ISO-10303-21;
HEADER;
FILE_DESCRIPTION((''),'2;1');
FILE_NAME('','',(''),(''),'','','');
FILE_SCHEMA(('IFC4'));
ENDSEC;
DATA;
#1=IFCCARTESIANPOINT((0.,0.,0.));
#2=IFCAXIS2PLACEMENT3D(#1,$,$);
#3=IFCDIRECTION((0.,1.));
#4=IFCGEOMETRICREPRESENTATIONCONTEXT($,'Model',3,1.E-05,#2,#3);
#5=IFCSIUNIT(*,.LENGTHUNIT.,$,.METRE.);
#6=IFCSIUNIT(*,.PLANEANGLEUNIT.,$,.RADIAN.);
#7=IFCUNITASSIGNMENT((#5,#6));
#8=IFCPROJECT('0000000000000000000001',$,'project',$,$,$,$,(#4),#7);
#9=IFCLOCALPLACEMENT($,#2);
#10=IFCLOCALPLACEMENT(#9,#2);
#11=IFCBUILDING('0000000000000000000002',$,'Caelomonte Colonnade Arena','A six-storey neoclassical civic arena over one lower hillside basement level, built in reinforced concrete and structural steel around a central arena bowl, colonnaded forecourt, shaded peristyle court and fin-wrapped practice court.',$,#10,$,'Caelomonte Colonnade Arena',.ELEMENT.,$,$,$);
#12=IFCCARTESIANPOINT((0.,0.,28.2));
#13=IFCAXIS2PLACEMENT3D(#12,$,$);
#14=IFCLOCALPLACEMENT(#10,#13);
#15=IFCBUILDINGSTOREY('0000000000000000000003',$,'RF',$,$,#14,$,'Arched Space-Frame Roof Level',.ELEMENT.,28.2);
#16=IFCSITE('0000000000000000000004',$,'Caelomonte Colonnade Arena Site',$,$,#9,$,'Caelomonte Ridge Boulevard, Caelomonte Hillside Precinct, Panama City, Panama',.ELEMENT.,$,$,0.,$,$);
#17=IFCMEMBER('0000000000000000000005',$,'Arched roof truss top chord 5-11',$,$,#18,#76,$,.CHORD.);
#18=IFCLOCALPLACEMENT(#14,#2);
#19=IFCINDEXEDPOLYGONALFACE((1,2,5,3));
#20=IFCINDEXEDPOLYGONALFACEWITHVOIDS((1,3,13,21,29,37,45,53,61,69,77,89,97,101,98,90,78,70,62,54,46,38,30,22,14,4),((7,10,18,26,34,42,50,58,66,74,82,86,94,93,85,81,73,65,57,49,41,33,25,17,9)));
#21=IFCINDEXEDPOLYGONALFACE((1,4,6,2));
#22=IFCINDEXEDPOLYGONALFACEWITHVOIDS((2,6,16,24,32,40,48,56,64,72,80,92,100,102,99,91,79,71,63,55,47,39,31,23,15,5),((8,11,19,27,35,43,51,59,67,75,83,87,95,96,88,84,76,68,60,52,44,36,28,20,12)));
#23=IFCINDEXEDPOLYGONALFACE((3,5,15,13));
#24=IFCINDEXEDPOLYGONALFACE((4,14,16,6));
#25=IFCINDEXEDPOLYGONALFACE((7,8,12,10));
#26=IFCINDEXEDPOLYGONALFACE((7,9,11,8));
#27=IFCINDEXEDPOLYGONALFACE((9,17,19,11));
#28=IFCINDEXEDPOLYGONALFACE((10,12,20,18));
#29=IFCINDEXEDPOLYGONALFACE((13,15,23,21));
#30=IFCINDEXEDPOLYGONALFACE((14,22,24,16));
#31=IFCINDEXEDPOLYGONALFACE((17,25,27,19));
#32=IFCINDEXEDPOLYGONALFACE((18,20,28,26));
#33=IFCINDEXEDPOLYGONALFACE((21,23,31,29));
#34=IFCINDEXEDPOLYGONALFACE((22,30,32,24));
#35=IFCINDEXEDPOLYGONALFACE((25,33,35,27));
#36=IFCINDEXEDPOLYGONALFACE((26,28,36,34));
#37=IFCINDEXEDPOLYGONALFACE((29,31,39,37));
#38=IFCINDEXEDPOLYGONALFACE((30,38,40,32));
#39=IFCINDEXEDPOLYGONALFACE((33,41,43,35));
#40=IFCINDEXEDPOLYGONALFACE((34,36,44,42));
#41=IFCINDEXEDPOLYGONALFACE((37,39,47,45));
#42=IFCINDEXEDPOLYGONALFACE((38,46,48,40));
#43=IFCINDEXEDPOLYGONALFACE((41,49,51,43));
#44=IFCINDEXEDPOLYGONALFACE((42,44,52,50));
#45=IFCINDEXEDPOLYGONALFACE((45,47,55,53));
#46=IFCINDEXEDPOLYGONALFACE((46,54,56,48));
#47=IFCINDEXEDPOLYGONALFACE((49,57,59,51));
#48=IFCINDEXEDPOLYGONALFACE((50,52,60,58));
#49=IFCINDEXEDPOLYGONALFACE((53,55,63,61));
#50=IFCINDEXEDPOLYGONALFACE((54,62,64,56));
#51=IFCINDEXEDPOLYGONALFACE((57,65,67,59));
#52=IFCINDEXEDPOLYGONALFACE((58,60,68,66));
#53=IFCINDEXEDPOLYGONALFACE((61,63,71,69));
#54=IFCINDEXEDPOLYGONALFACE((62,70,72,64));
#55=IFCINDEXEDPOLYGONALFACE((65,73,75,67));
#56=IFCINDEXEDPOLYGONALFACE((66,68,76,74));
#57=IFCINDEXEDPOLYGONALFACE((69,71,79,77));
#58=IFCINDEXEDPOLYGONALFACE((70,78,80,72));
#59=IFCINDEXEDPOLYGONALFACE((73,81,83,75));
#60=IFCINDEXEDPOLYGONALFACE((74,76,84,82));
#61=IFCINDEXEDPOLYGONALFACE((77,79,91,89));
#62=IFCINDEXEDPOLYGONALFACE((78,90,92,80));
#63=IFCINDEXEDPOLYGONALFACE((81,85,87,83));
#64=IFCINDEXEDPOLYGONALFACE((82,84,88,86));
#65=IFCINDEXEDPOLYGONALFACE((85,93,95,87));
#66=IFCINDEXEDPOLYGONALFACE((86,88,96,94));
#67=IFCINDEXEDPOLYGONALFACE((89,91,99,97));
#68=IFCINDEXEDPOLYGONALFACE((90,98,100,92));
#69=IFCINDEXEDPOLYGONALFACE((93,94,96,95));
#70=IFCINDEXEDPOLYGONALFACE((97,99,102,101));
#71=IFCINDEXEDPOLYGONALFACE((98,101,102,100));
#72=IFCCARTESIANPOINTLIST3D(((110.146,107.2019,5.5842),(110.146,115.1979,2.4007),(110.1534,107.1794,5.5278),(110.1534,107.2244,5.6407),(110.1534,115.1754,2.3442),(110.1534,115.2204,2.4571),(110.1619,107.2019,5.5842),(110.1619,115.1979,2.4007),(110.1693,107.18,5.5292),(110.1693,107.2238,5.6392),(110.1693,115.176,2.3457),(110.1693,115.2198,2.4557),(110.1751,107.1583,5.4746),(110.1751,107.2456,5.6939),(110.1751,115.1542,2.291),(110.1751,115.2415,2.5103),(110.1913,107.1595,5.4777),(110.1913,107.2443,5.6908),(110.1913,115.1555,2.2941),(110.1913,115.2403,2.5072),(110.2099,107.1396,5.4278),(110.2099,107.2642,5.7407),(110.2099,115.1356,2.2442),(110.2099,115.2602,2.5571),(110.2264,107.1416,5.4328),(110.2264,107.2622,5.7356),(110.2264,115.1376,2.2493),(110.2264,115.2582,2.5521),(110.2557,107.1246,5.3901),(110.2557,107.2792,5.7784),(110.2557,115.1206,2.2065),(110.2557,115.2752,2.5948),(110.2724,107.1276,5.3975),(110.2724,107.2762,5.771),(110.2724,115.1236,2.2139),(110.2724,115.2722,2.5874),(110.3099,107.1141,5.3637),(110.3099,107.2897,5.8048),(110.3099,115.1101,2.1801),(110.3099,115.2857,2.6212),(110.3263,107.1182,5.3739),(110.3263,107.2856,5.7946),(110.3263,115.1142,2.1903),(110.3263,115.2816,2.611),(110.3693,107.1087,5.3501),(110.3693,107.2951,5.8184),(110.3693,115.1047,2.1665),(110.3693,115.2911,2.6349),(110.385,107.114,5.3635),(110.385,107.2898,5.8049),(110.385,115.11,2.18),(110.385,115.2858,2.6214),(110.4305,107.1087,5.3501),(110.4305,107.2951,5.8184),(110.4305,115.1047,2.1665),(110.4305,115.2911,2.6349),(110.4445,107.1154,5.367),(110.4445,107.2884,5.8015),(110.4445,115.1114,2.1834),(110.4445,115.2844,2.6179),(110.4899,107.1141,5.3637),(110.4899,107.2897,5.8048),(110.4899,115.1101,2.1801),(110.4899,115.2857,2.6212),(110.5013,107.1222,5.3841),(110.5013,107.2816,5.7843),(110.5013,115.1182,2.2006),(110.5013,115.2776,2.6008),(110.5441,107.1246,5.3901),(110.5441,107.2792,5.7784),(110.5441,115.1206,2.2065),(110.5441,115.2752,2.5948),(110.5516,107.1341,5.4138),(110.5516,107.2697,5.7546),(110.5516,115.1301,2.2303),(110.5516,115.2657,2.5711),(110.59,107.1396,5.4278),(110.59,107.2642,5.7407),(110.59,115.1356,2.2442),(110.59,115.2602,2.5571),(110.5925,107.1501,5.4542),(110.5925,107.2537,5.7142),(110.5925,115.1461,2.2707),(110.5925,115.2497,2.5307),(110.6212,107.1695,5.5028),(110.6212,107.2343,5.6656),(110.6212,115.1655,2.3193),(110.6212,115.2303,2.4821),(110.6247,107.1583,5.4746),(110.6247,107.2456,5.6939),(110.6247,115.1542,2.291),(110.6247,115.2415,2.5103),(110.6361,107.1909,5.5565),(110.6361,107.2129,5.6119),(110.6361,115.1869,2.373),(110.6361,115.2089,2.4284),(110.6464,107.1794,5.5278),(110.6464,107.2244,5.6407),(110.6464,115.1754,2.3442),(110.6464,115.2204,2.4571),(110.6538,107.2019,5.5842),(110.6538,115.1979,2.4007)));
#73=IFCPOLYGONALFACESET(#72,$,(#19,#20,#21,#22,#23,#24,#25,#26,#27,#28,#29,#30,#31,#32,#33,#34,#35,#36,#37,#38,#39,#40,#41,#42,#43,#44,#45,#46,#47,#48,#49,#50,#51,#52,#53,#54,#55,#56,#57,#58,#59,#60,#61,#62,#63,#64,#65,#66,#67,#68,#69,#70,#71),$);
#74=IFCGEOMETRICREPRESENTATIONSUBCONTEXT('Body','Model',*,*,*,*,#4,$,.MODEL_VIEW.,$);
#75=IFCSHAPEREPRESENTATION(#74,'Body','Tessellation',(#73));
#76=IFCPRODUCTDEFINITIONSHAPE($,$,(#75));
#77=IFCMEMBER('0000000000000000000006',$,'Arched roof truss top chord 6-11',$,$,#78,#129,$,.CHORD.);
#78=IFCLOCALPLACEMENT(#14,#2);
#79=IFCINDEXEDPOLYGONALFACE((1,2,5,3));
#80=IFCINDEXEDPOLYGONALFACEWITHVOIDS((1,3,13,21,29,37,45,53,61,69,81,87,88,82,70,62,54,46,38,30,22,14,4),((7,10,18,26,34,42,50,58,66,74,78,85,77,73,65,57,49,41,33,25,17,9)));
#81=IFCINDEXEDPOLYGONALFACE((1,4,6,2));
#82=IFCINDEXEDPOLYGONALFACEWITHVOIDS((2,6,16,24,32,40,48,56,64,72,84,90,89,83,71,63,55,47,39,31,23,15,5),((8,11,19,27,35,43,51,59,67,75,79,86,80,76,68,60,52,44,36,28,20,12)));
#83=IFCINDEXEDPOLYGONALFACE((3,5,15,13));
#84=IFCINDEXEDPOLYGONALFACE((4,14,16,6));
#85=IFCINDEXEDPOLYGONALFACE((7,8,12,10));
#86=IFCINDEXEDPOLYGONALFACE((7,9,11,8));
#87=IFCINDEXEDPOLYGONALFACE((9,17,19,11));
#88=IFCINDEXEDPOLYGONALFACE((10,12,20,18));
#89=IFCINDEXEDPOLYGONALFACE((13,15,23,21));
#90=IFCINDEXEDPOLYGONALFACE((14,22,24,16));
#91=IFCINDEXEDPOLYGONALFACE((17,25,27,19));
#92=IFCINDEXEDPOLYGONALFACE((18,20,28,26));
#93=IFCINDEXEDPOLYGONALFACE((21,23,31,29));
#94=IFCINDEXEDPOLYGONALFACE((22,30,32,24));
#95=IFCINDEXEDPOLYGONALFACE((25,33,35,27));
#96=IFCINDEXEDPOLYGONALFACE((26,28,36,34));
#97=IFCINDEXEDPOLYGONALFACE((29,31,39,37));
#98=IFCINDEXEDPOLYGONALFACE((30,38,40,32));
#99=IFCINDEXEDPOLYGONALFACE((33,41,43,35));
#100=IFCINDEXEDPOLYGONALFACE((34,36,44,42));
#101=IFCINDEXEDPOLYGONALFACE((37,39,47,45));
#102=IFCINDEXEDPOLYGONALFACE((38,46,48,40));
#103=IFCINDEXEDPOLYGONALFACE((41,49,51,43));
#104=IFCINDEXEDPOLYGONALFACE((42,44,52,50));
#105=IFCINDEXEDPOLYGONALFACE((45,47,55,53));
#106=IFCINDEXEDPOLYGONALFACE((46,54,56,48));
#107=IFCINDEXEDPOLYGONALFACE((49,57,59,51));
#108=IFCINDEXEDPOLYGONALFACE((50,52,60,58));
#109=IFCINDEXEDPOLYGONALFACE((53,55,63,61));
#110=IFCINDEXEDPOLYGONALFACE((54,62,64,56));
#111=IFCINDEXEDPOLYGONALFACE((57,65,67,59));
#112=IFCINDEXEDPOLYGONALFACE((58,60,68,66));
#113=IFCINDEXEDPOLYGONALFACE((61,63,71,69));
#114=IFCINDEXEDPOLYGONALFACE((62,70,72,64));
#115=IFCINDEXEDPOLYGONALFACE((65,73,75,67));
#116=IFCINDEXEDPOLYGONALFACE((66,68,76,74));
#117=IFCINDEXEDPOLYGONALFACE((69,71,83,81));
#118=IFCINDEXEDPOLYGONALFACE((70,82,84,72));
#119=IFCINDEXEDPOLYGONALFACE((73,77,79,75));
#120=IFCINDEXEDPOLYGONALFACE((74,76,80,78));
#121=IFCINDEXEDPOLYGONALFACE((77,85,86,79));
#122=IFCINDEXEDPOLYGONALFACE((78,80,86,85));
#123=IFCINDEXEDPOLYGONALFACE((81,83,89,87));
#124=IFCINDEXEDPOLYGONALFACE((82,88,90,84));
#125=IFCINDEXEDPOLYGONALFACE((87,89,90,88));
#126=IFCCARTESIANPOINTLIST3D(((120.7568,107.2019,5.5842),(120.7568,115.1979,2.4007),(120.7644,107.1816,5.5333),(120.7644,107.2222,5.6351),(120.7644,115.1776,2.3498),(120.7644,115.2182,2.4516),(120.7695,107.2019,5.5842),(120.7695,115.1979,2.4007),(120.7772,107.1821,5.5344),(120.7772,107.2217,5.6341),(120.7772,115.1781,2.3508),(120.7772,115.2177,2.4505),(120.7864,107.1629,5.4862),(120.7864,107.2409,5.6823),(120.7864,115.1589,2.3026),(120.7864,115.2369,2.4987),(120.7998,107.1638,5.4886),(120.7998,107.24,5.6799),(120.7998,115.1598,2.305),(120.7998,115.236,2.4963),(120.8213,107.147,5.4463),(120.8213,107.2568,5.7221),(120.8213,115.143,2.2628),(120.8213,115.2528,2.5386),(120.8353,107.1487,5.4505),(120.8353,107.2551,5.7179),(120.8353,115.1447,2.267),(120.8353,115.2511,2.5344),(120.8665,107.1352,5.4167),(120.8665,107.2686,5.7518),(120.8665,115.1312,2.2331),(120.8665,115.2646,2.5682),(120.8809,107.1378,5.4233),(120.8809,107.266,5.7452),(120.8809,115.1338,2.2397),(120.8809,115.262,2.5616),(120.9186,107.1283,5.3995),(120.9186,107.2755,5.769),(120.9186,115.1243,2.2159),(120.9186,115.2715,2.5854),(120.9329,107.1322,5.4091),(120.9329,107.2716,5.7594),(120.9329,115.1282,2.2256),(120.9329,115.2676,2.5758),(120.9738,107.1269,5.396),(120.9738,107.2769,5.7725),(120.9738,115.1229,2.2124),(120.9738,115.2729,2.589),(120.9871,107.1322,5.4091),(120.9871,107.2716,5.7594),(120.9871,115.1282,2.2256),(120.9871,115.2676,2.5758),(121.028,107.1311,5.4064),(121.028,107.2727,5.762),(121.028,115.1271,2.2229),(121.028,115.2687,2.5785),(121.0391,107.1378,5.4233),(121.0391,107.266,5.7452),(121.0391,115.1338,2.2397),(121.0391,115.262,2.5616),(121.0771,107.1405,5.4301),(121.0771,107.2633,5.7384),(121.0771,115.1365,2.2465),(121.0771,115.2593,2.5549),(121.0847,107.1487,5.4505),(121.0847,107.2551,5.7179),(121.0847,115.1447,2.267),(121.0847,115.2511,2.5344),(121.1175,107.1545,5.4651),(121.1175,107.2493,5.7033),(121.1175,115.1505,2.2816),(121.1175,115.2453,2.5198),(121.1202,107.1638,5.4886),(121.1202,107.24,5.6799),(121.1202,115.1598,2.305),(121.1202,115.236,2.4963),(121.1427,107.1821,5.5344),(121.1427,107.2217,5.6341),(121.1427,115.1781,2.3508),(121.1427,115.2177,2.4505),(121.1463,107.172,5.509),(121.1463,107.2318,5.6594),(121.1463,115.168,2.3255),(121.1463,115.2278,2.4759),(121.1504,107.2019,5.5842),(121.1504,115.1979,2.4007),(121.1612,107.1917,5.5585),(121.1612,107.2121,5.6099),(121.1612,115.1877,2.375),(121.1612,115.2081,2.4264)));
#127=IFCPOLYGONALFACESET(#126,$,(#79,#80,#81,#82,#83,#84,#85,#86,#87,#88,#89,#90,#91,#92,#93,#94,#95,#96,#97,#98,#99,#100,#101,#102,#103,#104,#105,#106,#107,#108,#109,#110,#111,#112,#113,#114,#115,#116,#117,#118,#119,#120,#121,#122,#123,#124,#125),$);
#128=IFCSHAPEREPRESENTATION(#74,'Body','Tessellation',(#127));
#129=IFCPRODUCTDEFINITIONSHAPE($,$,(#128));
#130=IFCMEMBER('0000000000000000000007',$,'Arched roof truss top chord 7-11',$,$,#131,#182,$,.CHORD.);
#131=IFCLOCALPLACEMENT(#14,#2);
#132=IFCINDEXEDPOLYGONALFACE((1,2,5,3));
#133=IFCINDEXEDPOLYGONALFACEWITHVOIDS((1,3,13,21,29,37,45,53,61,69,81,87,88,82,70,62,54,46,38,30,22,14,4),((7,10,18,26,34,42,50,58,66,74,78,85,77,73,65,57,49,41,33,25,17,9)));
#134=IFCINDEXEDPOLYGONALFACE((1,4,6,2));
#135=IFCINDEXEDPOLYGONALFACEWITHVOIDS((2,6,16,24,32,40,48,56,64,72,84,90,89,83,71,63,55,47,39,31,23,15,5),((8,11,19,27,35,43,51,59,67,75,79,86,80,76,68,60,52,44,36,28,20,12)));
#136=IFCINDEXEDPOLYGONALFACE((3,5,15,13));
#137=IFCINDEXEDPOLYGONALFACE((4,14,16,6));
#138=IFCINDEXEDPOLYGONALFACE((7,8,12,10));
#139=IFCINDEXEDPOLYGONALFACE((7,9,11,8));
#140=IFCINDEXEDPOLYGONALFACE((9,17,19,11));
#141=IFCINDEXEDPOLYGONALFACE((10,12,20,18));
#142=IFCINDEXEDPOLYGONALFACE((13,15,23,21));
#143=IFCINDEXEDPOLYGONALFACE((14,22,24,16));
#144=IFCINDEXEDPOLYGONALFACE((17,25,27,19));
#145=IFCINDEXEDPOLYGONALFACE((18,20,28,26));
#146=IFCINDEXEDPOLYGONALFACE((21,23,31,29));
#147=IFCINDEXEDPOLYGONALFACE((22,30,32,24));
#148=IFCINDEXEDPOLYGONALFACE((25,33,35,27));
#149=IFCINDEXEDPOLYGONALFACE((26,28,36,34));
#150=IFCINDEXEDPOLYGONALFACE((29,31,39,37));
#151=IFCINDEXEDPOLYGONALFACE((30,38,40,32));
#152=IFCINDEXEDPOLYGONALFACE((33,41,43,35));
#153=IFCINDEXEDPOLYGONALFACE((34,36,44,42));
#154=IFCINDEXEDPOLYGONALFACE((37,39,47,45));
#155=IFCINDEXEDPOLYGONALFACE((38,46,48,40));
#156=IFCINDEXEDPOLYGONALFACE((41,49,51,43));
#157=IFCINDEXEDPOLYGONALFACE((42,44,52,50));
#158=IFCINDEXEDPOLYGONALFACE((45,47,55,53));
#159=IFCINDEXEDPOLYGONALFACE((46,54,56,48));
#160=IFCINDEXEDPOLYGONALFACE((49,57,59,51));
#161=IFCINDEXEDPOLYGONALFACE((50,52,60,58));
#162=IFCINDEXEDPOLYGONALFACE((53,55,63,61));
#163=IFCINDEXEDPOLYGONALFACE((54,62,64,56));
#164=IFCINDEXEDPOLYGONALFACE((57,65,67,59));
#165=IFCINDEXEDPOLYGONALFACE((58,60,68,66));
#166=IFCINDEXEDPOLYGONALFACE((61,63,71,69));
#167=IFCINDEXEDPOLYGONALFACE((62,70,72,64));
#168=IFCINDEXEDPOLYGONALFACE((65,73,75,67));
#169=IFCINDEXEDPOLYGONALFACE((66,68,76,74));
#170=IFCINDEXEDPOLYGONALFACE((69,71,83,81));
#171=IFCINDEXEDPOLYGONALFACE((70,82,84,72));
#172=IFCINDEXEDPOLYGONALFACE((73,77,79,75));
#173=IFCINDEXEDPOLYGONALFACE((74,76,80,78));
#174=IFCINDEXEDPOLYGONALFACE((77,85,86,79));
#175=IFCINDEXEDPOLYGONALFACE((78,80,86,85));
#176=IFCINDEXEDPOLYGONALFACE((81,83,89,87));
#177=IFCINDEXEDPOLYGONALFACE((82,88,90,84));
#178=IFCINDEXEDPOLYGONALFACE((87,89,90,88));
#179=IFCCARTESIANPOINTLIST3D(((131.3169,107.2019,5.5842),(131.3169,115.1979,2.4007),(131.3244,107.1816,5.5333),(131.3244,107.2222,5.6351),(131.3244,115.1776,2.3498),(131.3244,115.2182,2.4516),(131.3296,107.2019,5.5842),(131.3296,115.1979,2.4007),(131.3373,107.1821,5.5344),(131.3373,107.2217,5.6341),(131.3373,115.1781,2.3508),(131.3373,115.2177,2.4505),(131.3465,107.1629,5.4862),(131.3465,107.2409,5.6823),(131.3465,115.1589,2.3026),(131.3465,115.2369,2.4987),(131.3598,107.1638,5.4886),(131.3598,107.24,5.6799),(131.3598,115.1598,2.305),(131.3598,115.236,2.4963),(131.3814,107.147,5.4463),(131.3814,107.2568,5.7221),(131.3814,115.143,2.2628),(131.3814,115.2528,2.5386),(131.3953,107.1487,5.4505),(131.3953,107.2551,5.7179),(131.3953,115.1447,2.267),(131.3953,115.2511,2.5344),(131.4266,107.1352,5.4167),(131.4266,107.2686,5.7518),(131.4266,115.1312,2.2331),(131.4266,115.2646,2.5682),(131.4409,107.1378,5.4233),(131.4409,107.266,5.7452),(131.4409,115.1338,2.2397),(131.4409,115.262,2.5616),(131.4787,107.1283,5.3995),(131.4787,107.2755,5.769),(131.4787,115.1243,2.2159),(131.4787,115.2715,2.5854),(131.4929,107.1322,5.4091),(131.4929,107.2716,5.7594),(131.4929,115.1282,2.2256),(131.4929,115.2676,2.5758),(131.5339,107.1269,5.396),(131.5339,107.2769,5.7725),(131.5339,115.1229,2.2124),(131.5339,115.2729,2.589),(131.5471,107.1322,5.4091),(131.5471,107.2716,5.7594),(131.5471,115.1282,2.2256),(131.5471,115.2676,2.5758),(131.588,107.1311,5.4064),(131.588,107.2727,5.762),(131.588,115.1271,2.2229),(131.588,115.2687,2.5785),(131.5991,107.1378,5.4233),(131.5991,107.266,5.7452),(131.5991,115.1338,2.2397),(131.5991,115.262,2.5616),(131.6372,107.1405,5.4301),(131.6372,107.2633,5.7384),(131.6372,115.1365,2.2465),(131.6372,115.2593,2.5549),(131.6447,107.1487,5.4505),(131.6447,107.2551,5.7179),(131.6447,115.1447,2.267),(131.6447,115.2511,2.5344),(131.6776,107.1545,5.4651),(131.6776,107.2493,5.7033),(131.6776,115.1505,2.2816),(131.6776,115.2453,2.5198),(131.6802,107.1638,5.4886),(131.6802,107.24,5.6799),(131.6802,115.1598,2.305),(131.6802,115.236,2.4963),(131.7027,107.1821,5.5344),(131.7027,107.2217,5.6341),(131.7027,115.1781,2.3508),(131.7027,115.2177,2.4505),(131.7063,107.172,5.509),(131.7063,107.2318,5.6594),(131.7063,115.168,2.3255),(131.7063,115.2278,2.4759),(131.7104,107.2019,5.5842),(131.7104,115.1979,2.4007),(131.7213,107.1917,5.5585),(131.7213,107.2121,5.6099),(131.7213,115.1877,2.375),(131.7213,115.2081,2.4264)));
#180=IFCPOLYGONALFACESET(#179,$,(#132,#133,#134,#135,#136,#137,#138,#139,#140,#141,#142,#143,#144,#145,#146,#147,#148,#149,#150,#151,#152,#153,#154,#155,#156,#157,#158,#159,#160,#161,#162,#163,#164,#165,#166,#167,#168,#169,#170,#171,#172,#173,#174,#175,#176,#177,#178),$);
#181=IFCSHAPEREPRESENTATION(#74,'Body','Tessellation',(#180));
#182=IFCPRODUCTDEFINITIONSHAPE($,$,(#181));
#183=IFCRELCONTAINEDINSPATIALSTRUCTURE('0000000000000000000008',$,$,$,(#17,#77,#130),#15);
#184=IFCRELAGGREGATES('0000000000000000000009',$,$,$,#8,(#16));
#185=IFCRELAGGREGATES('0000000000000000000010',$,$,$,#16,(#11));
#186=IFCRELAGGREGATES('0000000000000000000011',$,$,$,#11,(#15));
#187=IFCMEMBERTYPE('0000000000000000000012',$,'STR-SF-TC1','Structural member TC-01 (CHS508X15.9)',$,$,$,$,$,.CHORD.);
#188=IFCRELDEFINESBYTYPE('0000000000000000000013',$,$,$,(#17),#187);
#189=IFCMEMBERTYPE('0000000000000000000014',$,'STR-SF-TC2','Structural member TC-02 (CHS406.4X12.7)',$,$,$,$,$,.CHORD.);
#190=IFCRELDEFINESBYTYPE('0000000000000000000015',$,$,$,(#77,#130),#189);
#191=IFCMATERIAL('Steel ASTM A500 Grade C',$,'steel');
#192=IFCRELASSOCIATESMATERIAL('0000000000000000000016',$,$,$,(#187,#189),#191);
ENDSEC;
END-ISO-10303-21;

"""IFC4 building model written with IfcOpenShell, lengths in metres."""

from ifc_helpers import new_model, si_unit, direction, frame, origin, origin_2d, place, context, subcontext, project, spatial, hollow_circle, extrude, material, material_profile, profile_set, type_object, element, save


model = new_model("IFC4")

# Units and contexts
model_context = context("Model", 3, precision=1e-05, world=origin(), true_north=direction((0.0, 1.0)))
body_context = subcontext(model_context, "Body", "Model", "MODEL_VIEW")
ifc_project = project(units=[si_unit("LENGTHUNIT", "METRE"), si_unit("PLANEANGLEUNIT", "RADIAN")], contexts=[model_context])

# Site, building, storey
site_placement = place(None, origin())
site = spatial("IfcSite", under=ifc_project, at=site_placement, Name="Caelomonte Colonnade Arena Site", LongName="Caelomonte Ridge Boulevard, Caelomonte Hillside Precinct, Panama City, Panama", CompositionType="ELEMENT", RefElevation=0.0)
building_placement = place(site_placement, origin())
building = spatial("IfcBuilding", under=site, at=building_placement, Name="Caelomonte Colonnade Arena", Description="A six-storey neoclassical civic arena over one lower hillside basement level, built in reinforced concrete and structural steel around a central arena bowl, colonnaded forecourt, shaded peristyle court and fin-wrapped practice court.", LongName="Caelomonte Colonnade Arena", CompositionType="ELEMENT")
storey_placement = place(building_placement, frame((0.0, 0.0, 28.2)))
storey = spatial("IfcBuildingStorey", under=building, at=storey_placement, Name="RF", LongName="Arched Space-Frame Roof Level", CompositionType="ELEMENT", Elevation=28.2)

# Members
ifc_material_1 = material(Name="Steel ASTM A500 Grade C", Category="steel")
ifc_material_profile_1 = material_profile(ifc_material_1, hollow_circle(Radius=0.2539, WallThickness=0.0159, at=origin_2d()), Name="CHS508X15.9")
ifc_profile_set_1 = profile_set([ifc_material_profile_1], Name="Steel ASTM A500 Grade C")
member_type_1 = type_object("IfcMemberType", Name="STR-SF-TC1", Description="Structural member TC-01 (CHS508X15.9)", PredefinedType="CHORD", material=ifc_profile_set_1)
member_1_placement = place(storey_placement, frame((110.3999, 107.2019, 5.5842), z_axis=(0.0, 0.92907, -0.369903), x_axis=(-1.0, 0.0, 0.0)))
element("IfcMember", 1, at=member_1_placement, inside=storey, type_object=member_type_1, Name="Arched roof truss top chord 5-11", PredefinedType="CHORD", context=body_context, shape_type="SweptSolid", body=[
    extrude(hollow_circle(Radius=0.2539, WallThickness=0.0159, at=origin_2d()), origin(), (0.0, 0.0, 1.0), 8.6064),
])
ifc_material_profile_2 = material_profile(ifc_material_1, hollow_circle(Radius=0.2031, WallThickness=0.0127, at=origin_2d()), Name="CHS406.4X12.7")
ifc_profile_set_2 = profile_set([ifc_material_profile_2], Name="Steel ASTM A500 Grade C")
member_type_2 = type_object("IfcMemberType", Name="STR-SF-TC2", Description="Structural member TC-02 (CHS406.4X12.7)", PredefinedType="CHORD", material=ifc_profile_set_2)
for number, where, z_axis, x_axis, name in (
    (2, (120.96, 107.2019, 5.5842), (0.0, 0.92907, -0.369903), (-1.0, 0.0, 0.0), "Arched roof truss top chord 6-11"),
    (3, (131.52, 107.2019, 5.5842), (0.0, 0.92907, -0.369903), (-1.0, 0.0, 0.0), "Arched roof truss top chord 7-11"),
):
    element("IfcMember", number, at=place(storey_placement, frame(where, z_axis=z_axis, x_axis=x_axis)), inside=storey, type_object=member_type_2, Name=name, PredefinedType="CHORD", context=body_context, shape_type="SweptSolid", body=[
        extrude(hollow_circle(Radius=0.2031, WallThickness=0.0127, at=origin_2d()), origin(), (0.0, 0.0, 1.0), 8.6064),
    ])

save(model, "model.ifc")
